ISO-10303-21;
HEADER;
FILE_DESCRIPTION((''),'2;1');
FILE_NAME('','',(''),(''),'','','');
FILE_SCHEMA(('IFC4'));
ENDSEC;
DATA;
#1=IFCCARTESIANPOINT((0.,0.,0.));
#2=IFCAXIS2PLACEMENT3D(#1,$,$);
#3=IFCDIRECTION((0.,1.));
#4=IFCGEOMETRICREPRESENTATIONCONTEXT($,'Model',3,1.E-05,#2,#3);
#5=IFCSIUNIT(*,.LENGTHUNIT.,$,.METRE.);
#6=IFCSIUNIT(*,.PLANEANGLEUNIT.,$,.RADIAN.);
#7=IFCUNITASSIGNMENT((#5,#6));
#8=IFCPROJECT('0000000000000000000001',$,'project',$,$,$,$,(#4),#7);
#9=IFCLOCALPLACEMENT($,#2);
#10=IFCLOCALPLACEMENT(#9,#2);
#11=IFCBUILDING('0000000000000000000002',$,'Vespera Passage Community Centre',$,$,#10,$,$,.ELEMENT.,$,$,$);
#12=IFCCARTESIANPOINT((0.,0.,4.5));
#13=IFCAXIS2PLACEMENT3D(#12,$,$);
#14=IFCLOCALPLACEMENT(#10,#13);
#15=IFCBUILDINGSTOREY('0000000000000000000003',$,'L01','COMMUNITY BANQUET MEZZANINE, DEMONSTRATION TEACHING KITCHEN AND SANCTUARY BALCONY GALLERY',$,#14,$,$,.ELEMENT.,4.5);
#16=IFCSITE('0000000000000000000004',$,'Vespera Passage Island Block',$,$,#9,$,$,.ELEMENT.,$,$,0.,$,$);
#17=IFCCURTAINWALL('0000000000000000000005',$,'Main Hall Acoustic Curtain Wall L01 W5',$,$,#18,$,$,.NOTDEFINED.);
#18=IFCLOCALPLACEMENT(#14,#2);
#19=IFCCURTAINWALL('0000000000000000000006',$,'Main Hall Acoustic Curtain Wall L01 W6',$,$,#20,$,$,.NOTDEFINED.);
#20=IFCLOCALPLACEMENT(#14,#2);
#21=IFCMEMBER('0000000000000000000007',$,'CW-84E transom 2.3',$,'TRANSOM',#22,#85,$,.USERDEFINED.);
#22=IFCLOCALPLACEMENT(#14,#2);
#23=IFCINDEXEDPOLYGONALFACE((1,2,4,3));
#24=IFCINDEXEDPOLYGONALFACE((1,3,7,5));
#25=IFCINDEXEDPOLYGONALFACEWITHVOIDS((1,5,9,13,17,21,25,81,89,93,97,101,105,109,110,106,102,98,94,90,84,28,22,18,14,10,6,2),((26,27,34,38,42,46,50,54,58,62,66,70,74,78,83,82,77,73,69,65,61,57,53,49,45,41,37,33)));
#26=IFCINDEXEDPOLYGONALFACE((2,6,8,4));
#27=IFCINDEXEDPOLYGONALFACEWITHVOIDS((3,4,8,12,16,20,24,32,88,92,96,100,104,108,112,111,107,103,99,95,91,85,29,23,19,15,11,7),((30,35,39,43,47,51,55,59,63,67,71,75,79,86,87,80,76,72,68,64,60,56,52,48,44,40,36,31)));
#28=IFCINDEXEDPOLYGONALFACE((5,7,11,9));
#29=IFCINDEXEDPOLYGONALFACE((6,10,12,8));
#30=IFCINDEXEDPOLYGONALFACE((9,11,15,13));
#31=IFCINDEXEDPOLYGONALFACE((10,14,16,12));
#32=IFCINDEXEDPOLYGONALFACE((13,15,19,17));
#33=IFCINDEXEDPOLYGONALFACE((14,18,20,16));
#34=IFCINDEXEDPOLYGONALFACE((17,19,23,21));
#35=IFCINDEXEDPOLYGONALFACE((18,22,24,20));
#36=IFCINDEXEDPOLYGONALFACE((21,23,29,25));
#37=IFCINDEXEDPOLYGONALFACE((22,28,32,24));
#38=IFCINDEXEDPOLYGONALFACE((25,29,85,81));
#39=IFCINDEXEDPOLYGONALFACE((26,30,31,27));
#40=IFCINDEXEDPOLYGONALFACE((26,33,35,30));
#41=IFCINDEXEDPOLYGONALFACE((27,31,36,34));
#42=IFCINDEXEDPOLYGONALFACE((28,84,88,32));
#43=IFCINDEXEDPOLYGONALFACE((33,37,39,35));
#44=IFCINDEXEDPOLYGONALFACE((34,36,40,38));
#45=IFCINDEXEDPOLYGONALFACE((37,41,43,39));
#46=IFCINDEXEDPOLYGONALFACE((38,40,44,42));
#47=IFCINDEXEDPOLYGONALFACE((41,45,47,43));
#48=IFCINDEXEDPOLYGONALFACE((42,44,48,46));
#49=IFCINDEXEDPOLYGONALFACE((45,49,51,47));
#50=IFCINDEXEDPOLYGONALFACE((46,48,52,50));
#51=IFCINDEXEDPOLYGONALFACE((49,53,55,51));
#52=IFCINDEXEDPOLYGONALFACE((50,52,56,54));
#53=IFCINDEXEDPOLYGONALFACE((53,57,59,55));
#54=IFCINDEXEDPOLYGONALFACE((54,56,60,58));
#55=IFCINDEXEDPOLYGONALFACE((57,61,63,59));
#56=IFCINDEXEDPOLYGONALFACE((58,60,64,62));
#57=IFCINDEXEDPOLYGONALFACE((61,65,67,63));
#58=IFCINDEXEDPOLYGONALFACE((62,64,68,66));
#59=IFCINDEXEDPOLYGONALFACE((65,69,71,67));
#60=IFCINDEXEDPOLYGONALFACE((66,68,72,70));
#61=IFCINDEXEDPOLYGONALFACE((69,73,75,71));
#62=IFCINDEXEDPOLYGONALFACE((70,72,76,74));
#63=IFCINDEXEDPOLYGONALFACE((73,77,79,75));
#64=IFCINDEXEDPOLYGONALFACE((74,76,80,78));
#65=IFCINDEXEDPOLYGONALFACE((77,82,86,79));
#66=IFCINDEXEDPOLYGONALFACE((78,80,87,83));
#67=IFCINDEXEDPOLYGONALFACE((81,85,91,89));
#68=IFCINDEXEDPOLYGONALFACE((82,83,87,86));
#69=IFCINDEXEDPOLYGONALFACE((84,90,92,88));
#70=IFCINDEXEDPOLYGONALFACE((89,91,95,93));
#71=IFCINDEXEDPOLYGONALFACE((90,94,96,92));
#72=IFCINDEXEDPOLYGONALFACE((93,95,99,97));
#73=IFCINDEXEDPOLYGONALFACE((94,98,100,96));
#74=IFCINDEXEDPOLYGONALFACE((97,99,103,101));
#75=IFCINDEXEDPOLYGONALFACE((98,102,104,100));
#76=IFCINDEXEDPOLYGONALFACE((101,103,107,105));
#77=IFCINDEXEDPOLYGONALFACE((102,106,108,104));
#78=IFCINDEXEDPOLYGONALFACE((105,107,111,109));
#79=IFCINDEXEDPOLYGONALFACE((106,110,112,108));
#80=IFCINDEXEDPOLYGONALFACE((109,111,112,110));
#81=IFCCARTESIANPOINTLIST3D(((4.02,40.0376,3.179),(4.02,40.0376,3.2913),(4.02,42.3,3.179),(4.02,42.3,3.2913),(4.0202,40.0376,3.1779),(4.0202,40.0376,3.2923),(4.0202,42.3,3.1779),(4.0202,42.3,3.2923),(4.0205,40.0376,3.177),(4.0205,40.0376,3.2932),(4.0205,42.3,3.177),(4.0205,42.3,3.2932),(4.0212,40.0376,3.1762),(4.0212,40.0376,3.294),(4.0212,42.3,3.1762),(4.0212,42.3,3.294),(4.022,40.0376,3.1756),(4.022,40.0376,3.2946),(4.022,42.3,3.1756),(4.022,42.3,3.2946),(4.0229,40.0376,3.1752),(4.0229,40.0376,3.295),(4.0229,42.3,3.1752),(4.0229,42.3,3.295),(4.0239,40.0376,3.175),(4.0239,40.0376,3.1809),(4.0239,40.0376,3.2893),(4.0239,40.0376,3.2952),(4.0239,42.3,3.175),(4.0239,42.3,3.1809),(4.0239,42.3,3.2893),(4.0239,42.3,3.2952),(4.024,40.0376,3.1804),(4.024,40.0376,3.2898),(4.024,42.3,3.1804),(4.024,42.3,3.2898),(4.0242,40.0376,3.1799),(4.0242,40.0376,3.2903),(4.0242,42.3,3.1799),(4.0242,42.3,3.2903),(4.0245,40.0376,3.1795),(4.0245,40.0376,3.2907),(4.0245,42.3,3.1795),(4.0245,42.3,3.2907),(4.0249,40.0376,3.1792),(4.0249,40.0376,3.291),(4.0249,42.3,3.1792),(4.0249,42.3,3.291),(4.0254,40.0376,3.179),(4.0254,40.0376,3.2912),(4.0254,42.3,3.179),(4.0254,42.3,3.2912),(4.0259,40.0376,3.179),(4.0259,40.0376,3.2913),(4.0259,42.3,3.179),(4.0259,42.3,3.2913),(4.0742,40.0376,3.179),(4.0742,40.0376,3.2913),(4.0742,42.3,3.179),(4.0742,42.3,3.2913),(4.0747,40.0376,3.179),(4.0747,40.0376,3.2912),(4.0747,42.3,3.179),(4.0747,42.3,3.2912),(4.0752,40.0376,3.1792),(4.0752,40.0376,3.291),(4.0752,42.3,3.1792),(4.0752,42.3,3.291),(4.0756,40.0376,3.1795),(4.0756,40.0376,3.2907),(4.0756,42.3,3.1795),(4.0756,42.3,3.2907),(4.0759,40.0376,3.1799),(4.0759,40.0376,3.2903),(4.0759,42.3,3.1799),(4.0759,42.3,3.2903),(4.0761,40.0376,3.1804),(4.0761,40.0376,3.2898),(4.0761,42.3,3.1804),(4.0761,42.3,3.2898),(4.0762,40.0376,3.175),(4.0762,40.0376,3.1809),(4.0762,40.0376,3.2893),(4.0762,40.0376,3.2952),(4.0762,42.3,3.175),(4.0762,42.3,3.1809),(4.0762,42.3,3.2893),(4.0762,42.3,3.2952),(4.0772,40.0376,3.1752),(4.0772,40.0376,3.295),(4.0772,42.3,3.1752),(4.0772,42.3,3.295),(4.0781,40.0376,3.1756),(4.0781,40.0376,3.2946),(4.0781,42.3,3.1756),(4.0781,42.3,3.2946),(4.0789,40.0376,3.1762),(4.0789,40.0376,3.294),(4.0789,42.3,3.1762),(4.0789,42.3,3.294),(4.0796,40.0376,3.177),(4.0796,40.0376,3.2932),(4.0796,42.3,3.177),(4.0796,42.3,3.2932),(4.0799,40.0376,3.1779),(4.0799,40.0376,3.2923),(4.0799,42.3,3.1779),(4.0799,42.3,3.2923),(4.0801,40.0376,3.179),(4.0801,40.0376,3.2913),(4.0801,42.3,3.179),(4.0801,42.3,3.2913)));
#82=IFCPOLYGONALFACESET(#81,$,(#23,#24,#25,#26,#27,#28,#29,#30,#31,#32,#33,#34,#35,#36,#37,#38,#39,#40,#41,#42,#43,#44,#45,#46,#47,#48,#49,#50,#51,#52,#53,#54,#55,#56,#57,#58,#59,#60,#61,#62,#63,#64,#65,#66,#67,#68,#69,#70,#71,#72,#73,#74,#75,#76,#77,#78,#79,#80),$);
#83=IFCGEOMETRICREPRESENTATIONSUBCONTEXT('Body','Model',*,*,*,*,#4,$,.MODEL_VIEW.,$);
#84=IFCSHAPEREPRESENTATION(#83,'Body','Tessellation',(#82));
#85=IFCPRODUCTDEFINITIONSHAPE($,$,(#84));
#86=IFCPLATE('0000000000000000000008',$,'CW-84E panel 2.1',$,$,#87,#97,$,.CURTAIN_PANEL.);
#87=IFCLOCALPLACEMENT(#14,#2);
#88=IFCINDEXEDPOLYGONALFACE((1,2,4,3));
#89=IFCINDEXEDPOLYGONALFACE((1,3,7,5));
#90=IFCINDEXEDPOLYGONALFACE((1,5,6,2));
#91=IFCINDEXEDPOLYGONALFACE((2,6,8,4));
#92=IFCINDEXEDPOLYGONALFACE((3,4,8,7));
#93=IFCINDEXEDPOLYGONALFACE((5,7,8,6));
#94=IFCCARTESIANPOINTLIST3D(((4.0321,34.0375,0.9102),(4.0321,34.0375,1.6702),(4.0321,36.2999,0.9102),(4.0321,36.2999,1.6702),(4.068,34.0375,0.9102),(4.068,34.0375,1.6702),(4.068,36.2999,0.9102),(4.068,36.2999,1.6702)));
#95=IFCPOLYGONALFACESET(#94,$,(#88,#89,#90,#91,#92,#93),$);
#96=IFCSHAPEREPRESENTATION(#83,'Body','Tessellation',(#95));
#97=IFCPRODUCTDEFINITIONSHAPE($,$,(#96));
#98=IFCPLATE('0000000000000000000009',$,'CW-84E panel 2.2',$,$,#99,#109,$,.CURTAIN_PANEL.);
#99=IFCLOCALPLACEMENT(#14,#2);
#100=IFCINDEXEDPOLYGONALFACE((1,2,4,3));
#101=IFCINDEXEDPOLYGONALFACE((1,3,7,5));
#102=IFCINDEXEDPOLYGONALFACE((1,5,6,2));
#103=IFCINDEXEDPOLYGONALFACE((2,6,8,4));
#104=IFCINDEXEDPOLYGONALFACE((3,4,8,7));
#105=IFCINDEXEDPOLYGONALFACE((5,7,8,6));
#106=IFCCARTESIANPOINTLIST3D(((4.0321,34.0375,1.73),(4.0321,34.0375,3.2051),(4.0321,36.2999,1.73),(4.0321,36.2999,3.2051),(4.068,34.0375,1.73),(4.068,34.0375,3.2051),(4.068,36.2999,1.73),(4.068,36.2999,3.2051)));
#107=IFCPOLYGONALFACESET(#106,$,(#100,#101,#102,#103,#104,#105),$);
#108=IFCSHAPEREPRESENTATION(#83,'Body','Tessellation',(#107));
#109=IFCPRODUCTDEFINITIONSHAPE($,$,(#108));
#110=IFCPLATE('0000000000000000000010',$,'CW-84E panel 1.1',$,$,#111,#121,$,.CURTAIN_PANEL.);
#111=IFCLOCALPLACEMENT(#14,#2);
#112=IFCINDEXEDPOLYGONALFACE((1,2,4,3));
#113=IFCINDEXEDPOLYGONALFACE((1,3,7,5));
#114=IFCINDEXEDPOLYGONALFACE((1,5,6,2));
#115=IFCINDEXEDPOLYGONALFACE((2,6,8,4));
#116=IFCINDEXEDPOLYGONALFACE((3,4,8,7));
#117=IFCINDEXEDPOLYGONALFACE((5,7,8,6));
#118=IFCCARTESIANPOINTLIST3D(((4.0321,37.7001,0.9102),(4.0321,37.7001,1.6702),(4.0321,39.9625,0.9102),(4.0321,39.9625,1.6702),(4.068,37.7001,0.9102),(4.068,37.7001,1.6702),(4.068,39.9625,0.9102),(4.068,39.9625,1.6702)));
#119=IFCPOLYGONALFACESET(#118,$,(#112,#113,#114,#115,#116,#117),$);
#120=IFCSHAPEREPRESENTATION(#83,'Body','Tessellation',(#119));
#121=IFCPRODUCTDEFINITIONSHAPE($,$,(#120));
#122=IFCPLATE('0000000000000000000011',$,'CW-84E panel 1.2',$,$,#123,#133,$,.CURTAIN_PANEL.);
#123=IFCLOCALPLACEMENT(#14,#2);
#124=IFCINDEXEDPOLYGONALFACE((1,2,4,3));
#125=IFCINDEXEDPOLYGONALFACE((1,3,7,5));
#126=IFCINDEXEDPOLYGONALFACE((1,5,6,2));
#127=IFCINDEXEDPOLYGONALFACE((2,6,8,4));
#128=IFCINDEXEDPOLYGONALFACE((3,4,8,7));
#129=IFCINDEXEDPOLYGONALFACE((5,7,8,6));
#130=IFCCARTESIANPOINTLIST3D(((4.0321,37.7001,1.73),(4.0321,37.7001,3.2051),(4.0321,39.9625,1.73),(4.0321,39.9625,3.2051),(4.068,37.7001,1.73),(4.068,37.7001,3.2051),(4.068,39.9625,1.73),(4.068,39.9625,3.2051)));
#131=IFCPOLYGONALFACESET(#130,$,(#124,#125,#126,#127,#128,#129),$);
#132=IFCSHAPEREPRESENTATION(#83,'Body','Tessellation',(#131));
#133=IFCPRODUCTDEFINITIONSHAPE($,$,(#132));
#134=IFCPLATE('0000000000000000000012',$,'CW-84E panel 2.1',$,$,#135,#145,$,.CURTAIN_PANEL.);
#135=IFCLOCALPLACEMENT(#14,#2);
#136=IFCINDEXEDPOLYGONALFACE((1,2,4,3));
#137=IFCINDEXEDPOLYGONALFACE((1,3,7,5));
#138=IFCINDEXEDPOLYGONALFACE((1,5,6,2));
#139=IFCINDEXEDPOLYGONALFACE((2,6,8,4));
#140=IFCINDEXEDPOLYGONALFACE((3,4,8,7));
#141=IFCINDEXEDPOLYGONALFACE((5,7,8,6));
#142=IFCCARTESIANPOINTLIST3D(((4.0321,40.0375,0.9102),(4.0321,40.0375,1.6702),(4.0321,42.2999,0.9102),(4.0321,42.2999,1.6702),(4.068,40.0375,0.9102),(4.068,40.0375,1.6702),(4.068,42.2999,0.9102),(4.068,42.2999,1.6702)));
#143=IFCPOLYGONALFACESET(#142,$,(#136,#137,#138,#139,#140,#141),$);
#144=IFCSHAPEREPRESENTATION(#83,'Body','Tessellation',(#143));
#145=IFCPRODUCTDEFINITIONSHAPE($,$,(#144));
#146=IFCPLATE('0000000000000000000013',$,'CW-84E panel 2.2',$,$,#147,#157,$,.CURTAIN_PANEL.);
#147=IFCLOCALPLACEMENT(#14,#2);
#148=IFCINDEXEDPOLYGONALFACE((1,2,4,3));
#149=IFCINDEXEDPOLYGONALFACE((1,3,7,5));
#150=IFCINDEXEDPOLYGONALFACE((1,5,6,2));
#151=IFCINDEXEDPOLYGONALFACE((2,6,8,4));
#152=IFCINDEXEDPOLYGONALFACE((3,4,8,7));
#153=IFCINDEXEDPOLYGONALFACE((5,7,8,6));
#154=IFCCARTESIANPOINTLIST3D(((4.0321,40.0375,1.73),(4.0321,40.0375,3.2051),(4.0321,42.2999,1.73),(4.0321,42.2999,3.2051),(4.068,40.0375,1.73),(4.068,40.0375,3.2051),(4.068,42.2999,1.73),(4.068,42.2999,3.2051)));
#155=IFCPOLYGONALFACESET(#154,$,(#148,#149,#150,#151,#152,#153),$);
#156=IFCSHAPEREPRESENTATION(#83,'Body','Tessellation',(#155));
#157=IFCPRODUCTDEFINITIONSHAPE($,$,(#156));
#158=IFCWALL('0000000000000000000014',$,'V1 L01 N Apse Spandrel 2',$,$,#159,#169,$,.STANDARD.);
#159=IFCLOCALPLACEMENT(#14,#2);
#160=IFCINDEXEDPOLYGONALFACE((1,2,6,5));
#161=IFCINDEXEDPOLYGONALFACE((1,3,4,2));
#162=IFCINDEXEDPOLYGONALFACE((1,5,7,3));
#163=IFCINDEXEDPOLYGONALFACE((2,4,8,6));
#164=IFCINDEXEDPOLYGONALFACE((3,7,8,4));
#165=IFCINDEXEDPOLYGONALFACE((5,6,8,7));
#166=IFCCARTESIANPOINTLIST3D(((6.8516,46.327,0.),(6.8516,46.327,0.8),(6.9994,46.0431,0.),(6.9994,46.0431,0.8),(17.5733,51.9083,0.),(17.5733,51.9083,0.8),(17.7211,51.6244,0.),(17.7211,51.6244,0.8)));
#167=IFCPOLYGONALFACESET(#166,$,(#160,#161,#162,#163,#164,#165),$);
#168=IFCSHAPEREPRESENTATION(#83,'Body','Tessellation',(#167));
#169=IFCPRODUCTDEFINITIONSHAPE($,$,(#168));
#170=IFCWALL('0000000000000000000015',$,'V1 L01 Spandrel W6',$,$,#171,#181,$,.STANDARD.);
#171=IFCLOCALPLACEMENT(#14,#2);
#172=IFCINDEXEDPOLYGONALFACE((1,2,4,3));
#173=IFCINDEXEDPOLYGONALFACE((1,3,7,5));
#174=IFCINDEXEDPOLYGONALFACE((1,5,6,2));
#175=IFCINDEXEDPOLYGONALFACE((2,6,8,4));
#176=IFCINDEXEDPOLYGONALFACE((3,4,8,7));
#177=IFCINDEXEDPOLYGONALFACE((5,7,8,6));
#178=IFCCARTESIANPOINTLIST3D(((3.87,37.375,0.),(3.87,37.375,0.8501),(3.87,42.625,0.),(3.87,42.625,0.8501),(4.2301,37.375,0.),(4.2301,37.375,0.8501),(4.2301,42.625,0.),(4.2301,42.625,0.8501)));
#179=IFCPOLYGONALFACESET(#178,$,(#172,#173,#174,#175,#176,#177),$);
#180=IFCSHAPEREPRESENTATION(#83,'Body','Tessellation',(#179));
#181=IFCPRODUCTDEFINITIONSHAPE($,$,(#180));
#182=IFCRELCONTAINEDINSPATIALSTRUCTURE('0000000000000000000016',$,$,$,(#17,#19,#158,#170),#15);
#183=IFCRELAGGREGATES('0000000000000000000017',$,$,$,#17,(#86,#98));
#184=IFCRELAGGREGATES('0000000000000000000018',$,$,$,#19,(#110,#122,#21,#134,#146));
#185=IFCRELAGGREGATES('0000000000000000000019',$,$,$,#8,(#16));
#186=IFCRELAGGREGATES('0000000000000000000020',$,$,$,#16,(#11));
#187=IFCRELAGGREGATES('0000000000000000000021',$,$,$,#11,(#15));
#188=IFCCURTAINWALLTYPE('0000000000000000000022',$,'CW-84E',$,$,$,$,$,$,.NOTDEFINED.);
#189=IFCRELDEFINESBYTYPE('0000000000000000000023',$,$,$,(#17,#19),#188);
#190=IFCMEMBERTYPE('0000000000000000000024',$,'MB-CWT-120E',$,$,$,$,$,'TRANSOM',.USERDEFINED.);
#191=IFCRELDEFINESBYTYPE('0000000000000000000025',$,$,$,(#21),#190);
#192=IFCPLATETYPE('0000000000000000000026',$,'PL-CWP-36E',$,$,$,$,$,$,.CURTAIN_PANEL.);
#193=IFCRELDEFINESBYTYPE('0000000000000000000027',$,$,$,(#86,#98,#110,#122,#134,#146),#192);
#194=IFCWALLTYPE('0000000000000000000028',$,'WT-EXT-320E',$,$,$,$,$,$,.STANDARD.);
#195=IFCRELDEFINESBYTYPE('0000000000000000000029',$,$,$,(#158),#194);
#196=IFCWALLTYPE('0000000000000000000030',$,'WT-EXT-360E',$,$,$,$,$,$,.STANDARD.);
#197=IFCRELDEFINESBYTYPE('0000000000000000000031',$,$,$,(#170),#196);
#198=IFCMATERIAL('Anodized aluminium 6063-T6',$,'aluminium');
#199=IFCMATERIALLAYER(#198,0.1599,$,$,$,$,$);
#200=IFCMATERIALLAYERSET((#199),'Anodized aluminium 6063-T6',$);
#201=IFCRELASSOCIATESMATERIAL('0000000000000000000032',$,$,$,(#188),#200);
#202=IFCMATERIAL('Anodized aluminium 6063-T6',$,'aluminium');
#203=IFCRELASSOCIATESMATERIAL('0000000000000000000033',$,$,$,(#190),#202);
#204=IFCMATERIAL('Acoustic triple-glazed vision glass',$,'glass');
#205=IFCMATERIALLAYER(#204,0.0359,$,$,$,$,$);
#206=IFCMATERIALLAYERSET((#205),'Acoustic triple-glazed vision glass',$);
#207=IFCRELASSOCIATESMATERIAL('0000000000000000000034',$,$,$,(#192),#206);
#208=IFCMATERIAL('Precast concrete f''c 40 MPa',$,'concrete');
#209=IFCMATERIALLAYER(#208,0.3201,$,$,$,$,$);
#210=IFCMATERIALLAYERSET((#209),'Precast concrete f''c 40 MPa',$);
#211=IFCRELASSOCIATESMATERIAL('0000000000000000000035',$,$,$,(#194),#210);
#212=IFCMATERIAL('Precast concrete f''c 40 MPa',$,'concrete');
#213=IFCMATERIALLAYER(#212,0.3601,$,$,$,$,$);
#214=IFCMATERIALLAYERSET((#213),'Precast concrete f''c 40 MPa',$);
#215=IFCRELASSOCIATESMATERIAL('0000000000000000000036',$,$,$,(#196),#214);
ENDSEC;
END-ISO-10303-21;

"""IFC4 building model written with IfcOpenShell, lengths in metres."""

from ifc_helpers import new_model, si_unit, direction, frame, frame_2d, origin, origin_2d, place, context, subcontext, project, spatial, rectangle, hollow_rectangle, extrude, material, layer, layer_set, material_profile, profile_set, type_object, element, aggregate, save


model = new_model("IFC4")

# Units and contexts
model_context = context("Model", 3, precision=1e-05, world=origin(), true_north=direction((0.0, 1.0)))
body_context = subcontext(model_context, "Body", "Model", "MODEL_VIEW")
ifc_project = project(units=[si_unit("LENGTHUNIT", "METRE"), si_unit("PLANEANGLEUNIT", "RADIAN")], contexts=[model_context])

# Site, building, storey
site_placement = place(None, origin())
site = spatial("IfcSite", under=ifc_project, at=site_placement, Name="Vespera Passage Island Block", CompositionType="ELEMENT", RefElevation=0.0)
building_placement = place(site_placement, origin())
building = spatial("IfcBuilding", under=site, at=building_placement, Name="Vespera Passage Community Centre", CompositionType="ELEMENT")
storey_placement = place(building_placement, frame((0.0, 0.0, 4.5)))
storey = spatial("IfcBuildingStorey", under=building, at=storey_placement, Name="L01", Description="COMMUNITY BANQUET MEZZANINE, DEMONSTRATION TEACHING KITCHEN AND SANCTUARY BALCONY GALLERY", CompositionType="ELEMENT", Elevation=4.5)

# Curtain wall
ifc_material_1 = material(Name="Anodized aluminium 6063-T6", Category="aluminium")
ifc_layer_1 = layer(ifc_material_1, 0.1599)
ifc_layer_set_1 = layer_set([ifc_layer_1], Name="Anodized aluminium 6063-T6")
curtain_wall_type = type_object("IfcCurtainWallType", Name="CW-84E", PredefinedType="NOTDEFINED", material=ifc_layer_set_1)
curtain_wall_1_placement = place(storey_placement, origin())
curtain_wall_1 = element("IfcCurtainWall", 1, at=curtain_wall_1_placement, inside=storey, type_object=curtain_wall_type, Name="Main Hall Acoustic Curtain Wall L01 W5", PredefinedType="NOTDEFINED")

# Curtain wall, member
curtain_wall_2_placement = place(storey_placement, origin())
curtain_wall_2 = element("IfcCurtainWall", 2, at=curtain_wall_2_placement, inside=storey, type_object=curtain_wall_type, Name="Main Hall Acoustic Curtain Wall L01 W6", PredefinedType="NOTDEFINED")
ifc_material_2 = material(Name="Anodized aluminium 6063-T6", Category="aluminium")
ifc_material_profile_1 = material_profile(ifc_material_2, hollow_rectangle(XDim=0.0601, YDim=0.1201, WallThickness=0.0039, InnerFilletRadius=0.002, OuterFilletRadius=0.0039, at=origin_2d()), Name="ALU120X60X4")
ifc_profile_set_1 = profile_set([ifc_material_profile_1], Name="Anodized aluminium 6063-T6")
member_type_1 = type_object("IfcMemberType", Name="MB-CWT-120E", ElementType="TRANSOM", PredefinedType="USERDEFINED", material=ifc_profile_set_1)
member_1_placement = place(storey_placement, frame((4.05, 40.0376, 3.2351), z_axis=(0.0, 1.0, 0.0), x_axis=(-1.0, 0.0, 0.0)))
member_1 = element("IfcMember", 3, at=member_1_placement, type_object=member_type_1, Name="CW-84E transom 2.3", ObjectType="TRANSOM", PredefinedType="USERDEFINED", context=body_context, shape_type="SweptSolid", body=[
    extrude(hollow_rectangle(XDim=0.0601, YDim=0.1201, WallThickness=0.0039, InnerFilletRadius=0.002, OuterFilletRadius=0.0039, at=origin_2d()), origin(), (0.0, 0.0, 1.0), 2.2625),
])

# Plates
ifc_material_3 = material(Name="Acoustic triple-glazed vision glass", Category="glass")
ifc_layer_2 = layer(ifc_material_3, 0.0359)
ifc_layer_set_2 = layer_set([ifc_layer_2], Name="Acoustic triple-glazed vision glass")
plate_type = type_object("IfcPlateType", Name="PL-CWP-36E", PredefinedType="CURTAIN_PANEL", material=ifc_layer_set_2)
plate_1_placement = place(storey_placement, frame((4.05, 35.1687, 0.9102), z_axis=(0.0, 0.0, 1.0), x_axis=(0.0, 1.0, 0.0)))
plate_1 = element("IfcPlate", 4, at=plate_1_placement, type_object=plate_type, Name="CW-84E panel 2.1", PredefinedType="CURTAIN_PANEL", context=body_context, shape_type="SweptSolid", body=[
    extrude(rectangle(XDim=2.2625, YDim=0.0359, at=origin_2d()), origin(), (0.0, 0.0, 1.0), 0.76),
])
plate_2_placement = place(storey_placement, frame((4.05, 35.1687, 1.73), z_axis=(0.0, 0.0, 1.0), x_axis=(0.0, 1.0, 0.0)))
plate_2 = element("IfcPlate", 5, at=plate_2_placement, type_object=plate_type, Name="CW-84E panel 2.2", PredefinedType="CURTAIN_PANEL", context=body_context, shape_type="SweptSolid", body=[
    extrude(rectangle(XDim=2.2625, YDim=0.0359, at=origin_2d()), origin(), (0.0, 0.0, 1.0), 1.4751),
])
aggregate(curtain_wall_1, [plate_1, plate_2])
plate_3_placement = place(storey_placement, frame((4.05, 38.8313, 0.9102), z_axis=(0.0, 0.0, 1.0), x_axis=(0.0, 1.0, 0.0)))
plate_3 = element("IfcPlate", 6, at=plate_3_placement, type_object=plate_type, Name="CW-84E panel 1.1", PredefinedType="CURTAIN_PANEL", context=body_context, shape_type="SweptSolid", body=[
    extrude(rectangle(XDim=2.2625, YDim=0.0359, at=origin_2d()), origin(), (0.0, 0.0, 1.0), 0.76),
])
plate_4_placement = place(storey_placement, frame((4.05, 38.8313, 1.73), z_axis=(0.0, 0.0, 1.0), x_axis=(0.0, 1.0, 0.0)))
plate_4 = element("IfcPlate", 7, at=plate_4_placement, type_object=plate_type, Name="CW-84E panel 1.2", PredefinedType="CURTAIN_PANEL", context=body_context, shape_type="SweptSolid", body=[
    extrude(rectangle(XDim=2.2625, YDim=0.0359, at=origin_2d()), origin(), (0.0, 0.0, 1.0), 1.4751),
])
plate_5_placement = place(storey_placement, frame((4.05, 41.1687, 0.9102), z_axis=(0.0, 0.0, 1.0), x_axis=(0.0, 1.0, 0.0)))
plate_5 = element("IfcPlate", 8, at=plate_5_placement, type_object=plate_type, Name="CW-84E panel 2.1", PredefinedType="CURTAIN_PANEL", context=body_context, shape_type="SweptSolid", body=[
    extrude(rectangle(XDim=2.2625, YDim=0.0359, at=origin_2d()), origin(), (0.0, 0.0, 1.0), 0.76),
])
plate_6_placement = place(storey_placement, frame((4.05, 41.1687, 1.73), z_axis=(0.0, 0.0, 1.0), x_axis=(0.0, 1.0, 0.0)))
plate_6 = element("IfcPlate", 9, at=plate_6_placement, type_object=plate_type, Name="CW-84E panel 2.2", PredefinedType="CURTAIN_PANEL", context=body_context, shape_type="SweptSolid", body=[
    extrude(rectangle(XDim=2.2625, YDim=0.0359, at=origin_2d()), origin(), (0.0, 0.0, 1.0), 1.4751),
])
aggregate(curtain_wall_2, [plate_3, plate_4, member_1, plate_5, plate_6])

# Walls
ifc_material_4 = material(Name="Precast concrete f'c 40 MPa", Category="concrete")
ifc_layer_3 = layer(ifc_material_4, 0.3201)
ifc_layer_set_3 = layer_set([ifc_layer_3], Name="Precast concrete f'c 40 MPa")
wall_type_1 = type_object("IfcWallType", Name="WT-EXT-320E", PredefinedType="STANDARD", material=ifc_layer_set_3)
wall_1_placement = place(storey_placement, frame((6.9255, 46.1851, 0.0), z_axis=(0.0, 0.0, 1.0), x_axis=(0.887013, 0.461745, 0.0)))
element("IfcWall", 10, at=wall_1_placement, inside=storey, type_object=wall_type_1, Name="V1 L01 N Apse Spandrel 2", PredefinedType="STANDARD", context=body_context, shape_type="SweptSolid", body=[
    extrude(rectangle(XDim=12.0874, YDim=0.3201, at=frame_2d((6.0437, 0.0))), origin(), (0.0, 0.0, 1.0), 0.8),
])
ifc_material_5 = material(Name="Precast concrete f'c 40 MPa", Category="concrete")
ifc_layer_4 = layer(ifc_material_5, 0.3601)
ifc_layer_set_4 = layer_set([ifc_layer_4], Name="Precast concrete f'c 40 MPa")
wall_type_2 = type_object("IfcWallType", Name="WT-EXT-360E", PredefinedType="STANDARD", material=ifc_layer_set_4)
wall_2_placement = place(storey_placement, frame((4.05, 37.375, 0.0), z_axis=(0.0, 0.0, 1.0), x_axis=(0.0, 1.0, 0.0)))
element("IfcWall", 11, at=wall_2_placement, inside=storey, type_object=wall_type_2, Name="V1 L01 Spandrel W6", PredefinedType="STANDARD", context=body_context, shape_type="SweptSolid", body=[
    extrude(rectangle(XDim=5.25, YDim=0.3601, at=frame_2d((2.625, 0.0))), origin(), (0.0, 0.0, 1.0), 0.8501),
])

save(model, "model.ifc")
